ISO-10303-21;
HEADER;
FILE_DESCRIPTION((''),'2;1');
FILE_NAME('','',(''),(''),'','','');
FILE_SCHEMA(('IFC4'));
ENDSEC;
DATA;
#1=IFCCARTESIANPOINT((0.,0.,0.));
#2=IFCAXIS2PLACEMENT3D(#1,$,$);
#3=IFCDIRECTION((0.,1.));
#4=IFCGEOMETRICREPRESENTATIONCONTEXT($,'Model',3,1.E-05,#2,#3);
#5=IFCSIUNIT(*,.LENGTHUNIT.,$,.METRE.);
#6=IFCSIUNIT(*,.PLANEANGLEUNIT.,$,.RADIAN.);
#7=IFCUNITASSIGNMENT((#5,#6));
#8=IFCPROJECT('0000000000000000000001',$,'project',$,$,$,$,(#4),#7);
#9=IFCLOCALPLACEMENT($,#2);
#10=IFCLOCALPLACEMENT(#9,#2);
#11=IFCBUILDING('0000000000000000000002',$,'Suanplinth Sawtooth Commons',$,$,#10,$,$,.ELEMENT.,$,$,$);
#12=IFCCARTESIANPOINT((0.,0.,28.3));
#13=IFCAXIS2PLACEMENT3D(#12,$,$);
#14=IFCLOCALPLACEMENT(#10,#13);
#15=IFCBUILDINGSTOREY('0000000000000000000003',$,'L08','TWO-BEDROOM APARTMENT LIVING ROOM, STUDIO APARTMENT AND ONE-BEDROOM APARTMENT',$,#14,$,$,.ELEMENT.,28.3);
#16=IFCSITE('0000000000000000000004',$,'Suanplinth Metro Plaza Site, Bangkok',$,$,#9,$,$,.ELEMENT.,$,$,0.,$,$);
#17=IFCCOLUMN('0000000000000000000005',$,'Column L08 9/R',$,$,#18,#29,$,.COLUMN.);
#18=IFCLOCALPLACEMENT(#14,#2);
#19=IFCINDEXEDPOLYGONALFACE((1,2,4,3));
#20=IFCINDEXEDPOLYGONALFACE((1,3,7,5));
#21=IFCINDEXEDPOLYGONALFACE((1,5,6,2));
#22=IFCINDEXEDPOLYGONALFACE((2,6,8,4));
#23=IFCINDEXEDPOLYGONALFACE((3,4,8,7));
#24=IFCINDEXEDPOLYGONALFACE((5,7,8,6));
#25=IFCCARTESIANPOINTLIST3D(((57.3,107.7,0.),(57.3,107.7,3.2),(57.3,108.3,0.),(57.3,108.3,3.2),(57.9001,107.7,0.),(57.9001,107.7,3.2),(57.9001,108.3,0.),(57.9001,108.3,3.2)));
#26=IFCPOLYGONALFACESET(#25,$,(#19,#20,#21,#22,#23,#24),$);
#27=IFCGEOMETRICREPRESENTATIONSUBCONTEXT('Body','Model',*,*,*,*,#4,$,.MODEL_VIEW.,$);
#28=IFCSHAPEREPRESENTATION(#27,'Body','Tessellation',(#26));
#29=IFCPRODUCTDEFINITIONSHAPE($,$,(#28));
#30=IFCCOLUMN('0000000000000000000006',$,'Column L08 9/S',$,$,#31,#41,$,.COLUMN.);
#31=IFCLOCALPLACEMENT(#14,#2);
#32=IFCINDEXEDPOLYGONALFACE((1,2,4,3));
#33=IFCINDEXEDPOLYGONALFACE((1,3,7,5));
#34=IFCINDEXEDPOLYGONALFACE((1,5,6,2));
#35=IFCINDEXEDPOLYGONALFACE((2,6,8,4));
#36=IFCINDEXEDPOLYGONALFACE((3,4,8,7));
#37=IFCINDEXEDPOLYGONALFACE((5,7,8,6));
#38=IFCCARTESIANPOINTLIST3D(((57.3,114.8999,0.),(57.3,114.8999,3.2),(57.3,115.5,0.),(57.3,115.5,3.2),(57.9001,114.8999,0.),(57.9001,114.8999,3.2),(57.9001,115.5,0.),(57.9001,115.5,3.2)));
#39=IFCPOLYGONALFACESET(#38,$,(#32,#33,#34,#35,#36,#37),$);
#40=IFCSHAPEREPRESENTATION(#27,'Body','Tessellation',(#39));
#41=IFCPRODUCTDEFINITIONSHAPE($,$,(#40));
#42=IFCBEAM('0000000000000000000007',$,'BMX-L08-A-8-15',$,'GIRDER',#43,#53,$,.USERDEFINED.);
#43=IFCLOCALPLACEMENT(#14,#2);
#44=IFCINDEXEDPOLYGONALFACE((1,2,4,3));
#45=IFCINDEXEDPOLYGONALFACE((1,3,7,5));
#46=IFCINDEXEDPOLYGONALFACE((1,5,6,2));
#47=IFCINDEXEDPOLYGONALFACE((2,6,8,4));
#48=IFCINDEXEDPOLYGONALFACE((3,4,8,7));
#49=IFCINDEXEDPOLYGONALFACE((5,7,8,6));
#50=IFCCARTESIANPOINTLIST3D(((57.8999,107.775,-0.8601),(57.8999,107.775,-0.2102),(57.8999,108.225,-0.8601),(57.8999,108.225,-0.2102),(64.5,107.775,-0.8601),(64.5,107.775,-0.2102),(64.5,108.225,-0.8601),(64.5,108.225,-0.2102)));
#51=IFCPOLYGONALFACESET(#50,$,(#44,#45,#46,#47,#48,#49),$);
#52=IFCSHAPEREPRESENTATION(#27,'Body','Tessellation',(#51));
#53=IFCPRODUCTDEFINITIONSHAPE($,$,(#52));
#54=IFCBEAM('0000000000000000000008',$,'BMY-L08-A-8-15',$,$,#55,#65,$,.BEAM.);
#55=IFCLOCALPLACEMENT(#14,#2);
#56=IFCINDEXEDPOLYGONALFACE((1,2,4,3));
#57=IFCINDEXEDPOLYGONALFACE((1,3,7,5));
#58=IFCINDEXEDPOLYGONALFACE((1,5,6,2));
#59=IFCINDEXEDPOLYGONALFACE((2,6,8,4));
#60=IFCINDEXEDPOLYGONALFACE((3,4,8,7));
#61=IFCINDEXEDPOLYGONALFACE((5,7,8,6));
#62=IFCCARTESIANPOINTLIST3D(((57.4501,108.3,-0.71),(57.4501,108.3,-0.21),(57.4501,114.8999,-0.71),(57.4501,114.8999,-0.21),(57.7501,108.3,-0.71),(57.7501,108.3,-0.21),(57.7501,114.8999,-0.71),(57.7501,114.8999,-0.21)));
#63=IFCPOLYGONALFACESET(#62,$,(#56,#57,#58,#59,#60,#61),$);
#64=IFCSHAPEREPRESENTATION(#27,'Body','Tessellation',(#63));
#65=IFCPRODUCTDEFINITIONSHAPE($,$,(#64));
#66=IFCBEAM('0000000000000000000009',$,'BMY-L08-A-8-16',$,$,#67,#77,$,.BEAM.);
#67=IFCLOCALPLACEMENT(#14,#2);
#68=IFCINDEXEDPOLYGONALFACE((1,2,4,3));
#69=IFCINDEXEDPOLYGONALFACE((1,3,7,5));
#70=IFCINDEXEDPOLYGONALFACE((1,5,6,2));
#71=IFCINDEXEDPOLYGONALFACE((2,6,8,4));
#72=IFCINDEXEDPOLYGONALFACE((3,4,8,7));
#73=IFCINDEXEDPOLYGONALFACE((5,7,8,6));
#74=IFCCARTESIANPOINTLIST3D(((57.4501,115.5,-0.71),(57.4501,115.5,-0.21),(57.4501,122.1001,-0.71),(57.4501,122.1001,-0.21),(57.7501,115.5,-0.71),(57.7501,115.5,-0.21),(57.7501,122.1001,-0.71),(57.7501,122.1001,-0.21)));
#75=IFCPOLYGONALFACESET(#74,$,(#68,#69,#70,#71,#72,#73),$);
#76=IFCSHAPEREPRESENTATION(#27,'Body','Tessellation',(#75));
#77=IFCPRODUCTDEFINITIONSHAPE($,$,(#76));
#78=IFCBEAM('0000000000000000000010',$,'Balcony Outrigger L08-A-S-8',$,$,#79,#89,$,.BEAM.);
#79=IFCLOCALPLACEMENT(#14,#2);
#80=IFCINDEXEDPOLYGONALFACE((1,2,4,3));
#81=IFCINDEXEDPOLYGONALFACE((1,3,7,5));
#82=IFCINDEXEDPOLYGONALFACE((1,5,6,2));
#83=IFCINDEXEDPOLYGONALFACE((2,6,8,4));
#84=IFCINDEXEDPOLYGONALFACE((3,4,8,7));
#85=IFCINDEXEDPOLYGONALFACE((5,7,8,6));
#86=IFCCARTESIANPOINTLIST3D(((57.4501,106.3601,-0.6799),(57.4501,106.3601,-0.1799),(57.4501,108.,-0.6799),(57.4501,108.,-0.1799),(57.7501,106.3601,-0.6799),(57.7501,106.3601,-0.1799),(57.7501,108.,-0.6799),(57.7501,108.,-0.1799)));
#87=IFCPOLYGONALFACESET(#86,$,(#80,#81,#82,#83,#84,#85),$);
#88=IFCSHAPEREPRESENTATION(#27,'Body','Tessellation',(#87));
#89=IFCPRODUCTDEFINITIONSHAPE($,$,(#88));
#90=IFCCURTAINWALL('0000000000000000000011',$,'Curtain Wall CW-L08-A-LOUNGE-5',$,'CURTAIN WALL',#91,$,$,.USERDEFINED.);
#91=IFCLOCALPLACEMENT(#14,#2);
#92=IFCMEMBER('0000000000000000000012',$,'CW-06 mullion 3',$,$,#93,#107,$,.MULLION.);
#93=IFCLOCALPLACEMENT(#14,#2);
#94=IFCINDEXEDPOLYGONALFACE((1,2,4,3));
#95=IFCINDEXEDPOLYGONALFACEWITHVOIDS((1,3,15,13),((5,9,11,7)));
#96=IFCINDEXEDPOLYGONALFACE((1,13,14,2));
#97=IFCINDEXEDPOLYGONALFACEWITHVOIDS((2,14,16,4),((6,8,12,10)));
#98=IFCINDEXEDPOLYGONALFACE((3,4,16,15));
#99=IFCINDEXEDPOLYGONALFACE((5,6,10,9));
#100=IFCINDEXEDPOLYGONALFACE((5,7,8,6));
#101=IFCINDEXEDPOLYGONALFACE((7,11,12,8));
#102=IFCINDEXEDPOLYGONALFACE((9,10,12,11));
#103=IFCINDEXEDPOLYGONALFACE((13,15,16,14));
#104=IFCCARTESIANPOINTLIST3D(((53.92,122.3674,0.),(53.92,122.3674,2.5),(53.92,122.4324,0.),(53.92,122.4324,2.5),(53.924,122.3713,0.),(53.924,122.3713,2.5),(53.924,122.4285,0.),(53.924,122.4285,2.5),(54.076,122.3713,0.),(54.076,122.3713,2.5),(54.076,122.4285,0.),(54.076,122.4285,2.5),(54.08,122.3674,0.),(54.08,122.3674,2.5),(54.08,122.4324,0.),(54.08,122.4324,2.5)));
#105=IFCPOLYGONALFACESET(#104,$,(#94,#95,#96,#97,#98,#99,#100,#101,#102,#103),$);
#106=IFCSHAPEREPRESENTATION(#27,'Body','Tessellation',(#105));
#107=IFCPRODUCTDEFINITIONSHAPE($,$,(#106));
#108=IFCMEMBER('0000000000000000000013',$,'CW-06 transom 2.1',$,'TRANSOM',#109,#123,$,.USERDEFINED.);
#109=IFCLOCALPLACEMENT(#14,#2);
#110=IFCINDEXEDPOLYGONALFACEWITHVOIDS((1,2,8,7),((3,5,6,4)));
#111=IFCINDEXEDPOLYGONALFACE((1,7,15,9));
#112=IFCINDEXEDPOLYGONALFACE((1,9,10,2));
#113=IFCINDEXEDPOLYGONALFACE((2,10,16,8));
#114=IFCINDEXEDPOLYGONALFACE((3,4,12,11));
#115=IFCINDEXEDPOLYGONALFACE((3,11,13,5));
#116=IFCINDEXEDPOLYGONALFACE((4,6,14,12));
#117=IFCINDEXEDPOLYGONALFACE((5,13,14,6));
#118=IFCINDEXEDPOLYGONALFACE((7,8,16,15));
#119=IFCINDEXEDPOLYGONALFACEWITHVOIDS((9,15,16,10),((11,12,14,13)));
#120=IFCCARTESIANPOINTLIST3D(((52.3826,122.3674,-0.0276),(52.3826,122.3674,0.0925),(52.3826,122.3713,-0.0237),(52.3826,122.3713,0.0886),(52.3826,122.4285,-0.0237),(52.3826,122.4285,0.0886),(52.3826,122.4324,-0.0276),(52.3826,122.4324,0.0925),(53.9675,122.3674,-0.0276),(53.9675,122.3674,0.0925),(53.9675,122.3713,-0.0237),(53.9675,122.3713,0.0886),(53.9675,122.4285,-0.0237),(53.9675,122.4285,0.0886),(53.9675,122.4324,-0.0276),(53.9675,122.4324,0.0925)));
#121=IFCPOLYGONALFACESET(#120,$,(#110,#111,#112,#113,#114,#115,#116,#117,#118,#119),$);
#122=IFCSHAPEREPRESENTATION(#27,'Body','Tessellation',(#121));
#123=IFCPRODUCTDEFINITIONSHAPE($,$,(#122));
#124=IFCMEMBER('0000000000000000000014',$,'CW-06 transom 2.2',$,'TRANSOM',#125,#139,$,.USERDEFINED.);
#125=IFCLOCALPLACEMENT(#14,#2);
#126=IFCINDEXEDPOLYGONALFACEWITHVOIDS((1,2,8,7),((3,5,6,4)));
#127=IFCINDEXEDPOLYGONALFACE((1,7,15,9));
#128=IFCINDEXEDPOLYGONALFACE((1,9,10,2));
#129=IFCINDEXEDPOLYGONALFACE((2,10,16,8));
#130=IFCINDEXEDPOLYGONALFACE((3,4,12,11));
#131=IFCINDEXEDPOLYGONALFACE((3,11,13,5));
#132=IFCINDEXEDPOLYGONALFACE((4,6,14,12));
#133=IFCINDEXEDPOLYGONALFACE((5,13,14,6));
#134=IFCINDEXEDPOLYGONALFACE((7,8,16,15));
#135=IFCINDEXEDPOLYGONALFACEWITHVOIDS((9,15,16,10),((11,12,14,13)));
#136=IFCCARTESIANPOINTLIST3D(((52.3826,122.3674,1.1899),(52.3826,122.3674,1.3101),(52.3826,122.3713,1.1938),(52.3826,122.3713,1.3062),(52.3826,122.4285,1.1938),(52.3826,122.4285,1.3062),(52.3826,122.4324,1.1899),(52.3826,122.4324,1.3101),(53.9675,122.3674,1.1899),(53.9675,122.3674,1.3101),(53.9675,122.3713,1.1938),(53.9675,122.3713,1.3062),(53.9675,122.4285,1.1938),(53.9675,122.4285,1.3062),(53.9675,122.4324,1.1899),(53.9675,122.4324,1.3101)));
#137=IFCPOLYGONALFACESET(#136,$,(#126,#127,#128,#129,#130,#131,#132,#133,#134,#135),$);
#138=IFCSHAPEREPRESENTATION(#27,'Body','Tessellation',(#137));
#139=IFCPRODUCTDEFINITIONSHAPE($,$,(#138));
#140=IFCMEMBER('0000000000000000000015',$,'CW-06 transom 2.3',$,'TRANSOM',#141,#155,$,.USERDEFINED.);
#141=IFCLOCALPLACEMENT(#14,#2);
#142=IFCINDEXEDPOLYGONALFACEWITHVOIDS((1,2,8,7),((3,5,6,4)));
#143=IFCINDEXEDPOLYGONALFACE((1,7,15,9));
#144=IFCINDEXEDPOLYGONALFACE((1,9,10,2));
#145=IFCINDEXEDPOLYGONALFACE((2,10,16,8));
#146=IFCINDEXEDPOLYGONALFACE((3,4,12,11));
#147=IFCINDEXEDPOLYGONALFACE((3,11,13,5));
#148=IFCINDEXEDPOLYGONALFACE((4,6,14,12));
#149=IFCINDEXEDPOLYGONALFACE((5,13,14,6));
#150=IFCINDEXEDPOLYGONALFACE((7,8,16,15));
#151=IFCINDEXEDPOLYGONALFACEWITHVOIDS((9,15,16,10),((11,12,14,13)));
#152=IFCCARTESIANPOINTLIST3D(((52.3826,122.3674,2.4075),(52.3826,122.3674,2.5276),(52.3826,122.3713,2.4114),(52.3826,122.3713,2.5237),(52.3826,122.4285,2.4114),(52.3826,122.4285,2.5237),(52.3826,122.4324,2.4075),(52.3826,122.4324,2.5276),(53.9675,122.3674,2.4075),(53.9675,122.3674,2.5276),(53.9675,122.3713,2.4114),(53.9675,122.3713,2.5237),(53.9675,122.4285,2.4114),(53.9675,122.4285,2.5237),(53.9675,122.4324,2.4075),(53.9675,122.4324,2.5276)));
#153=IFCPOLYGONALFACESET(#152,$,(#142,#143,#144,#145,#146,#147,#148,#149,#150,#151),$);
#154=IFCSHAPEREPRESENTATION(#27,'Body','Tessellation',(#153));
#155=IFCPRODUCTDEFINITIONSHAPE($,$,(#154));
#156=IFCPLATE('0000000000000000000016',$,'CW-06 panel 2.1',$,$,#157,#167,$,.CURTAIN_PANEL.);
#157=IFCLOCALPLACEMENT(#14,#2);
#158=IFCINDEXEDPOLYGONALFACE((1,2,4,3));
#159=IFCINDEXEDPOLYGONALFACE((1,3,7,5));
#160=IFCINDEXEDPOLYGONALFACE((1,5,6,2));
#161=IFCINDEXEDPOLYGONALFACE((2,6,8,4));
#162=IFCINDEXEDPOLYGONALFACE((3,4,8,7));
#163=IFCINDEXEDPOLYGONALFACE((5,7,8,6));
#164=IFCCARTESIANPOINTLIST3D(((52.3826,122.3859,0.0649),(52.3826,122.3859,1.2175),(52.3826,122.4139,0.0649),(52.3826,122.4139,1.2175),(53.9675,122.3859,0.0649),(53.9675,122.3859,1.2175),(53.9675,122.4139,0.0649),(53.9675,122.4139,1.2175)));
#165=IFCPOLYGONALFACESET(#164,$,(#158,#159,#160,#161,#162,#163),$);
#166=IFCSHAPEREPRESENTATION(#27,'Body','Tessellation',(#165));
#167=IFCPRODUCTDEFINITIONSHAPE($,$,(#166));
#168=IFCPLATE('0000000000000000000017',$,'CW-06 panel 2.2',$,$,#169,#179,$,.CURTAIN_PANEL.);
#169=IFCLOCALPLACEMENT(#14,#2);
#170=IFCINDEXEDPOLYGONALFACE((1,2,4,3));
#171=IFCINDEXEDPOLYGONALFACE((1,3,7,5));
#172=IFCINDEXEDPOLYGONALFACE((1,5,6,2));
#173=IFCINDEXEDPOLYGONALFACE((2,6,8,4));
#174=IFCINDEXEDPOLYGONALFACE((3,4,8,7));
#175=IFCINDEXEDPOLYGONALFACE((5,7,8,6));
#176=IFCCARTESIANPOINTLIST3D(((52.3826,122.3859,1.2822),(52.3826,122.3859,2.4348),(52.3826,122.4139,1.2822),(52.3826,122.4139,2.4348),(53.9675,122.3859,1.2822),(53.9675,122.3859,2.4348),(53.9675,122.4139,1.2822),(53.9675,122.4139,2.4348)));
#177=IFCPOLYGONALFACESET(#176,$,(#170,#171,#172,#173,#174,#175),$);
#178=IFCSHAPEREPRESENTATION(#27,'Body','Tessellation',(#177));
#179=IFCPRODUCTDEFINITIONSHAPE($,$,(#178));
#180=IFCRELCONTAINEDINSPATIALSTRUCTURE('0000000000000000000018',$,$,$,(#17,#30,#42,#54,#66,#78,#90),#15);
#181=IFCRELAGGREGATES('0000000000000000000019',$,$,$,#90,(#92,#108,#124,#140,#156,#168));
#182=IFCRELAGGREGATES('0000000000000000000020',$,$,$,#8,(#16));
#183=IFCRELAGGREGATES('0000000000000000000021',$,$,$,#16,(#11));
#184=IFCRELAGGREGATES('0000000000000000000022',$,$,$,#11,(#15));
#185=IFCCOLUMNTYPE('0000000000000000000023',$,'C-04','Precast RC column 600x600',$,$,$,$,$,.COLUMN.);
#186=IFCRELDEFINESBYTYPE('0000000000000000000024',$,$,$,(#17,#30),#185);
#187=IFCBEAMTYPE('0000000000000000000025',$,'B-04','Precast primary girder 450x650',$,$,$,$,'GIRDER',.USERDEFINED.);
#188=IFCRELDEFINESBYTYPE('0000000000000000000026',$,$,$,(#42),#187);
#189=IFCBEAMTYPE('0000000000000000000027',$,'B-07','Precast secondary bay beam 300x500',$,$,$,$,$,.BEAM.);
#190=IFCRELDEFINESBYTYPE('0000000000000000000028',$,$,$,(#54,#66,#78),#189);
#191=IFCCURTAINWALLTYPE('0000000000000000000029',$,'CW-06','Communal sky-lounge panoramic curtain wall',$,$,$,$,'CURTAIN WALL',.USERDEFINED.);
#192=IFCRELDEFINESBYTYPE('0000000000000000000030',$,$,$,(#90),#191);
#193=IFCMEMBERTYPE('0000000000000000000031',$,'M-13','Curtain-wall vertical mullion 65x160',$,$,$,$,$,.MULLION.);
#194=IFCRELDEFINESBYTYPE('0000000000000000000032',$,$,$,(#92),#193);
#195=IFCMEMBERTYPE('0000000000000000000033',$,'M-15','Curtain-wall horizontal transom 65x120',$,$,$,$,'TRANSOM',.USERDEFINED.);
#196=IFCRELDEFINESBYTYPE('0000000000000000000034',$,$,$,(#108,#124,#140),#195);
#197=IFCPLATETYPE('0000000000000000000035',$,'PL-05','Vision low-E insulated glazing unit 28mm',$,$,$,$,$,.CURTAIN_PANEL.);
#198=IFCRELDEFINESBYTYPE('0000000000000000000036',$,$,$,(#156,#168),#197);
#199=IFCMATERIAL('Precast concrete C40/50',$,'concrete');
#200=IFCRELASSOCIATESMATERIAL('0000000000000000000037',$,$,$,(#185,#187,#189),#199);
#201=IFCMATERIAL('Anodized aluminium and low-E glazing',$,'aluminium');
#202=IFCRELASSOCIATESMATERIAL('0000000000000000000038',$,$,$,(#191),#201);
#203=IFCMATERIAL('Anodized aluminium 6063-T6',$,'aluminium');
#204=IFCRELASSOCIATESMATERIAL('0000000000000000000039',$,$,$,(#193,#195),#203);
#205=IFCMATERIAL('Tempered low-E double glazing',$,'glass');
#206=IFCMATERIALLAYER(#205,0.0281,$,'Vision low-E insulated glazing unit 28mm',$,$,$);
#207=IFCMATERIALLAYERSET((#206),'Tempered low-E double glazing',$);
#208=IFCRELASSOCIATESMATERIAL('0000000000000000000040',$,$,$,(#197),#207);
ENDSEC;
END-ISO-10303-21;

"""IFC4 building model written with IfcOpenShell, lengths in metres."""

from ifc_helpers import new_model, si_unit, direction, frame, origin, origin_2d, place, context, subcontext, project, spatial, rectangle, hollow_rectangle, extrude, material, layer, layer_set, material_profile, profile_set, type_object, element, aggregate, save


model = new_model("IFC4")

# Units and contexts
model_context = context("Model", 3, precision=1e-05, world=origin(), true_north=direction((0.0, 1.0)))
body_context = subcontext(model_context, "Body", "Model", "MODEL_VIEW")
ifc_project = project(units=[si_unit("LENGTHUNIT", "METRE"), si_unit("PLANEANGLEUNIT", "RADIAN")], contexts=[model_context])

# Site, building, storey
site_placement = place(None, origin())
site = spatial("IfcSite", under=ifc_project, at=site_placement, Name="Suanplinth Metro Plaza Site, Bangkok", CompositionType="ELEMENT", RefElevation=0.0)
building_placement = place(site_placement, origin())
building = spatial("IfcBuilding", under=site, at=building_placement, Name="Suanplinth Sawtooth Commons", CompositionType="ELEMENT")
storey_placement = place(building_placement, frame((0.0, 0.0, 28.3)))
storey = spatial("IfcBuildingStorey", under=building, at=storey_placement, Name="L08", Description="TWO-BEDROOM APARTMENT LIVING ROOM, STUDIO APARTMENT AND ONE-BEDROOM APARTMENT", CompositionType="ELEMENT", Elevation=28.3)

# Columns
ifc_material_1 = material(Name="Precast concrete C40/50", Category="concrete")
ifc_material_profile_1 = material_profile(ifc_material_1, rectangle(XDim=0.6001, YDim=0.6001, at=origin_2d()), Name="PC-COL 600x600")
ifc_profile_set_1 = profile_set([ifc_material_profile_1], Name="Precast concrete C40/50")
column_type = type_object("IfcColumnType", Name="C-04", Description="Precast RC column 600x600", PredefinedType="COLUMN", material=ifc_profile_set_1)
for number, where, z_axis, x_axis, name in (
    (1, (57.6001, 108.0, 0.0), (0.0, 0.0, 1.0), (1.0, 0.0, 0.0), "Column L08 9/R"),
    (2, (57.6001, 115.2, 0.0), (0.0, 0.0, 1.0), (1.0, 0.0, 0.0), "Column L08 9/S"),
):
    element("IfcColumn", number, at=place(storey_placement, frame(where, z_axis=z_axis, x_axis=x_axis)), inside=storey, type_object=column_type, Name=name, PredefinedType="COLUMN", context=body_context, shape_type="SweptSolid", body=[
        extrude(rectangle(XDim=0.6001, YDim=0.6001, at=origin_2d()), origin(), (0.0, 0.0, 1.0), 3.2),
    ])

# Beams
ifc_material_profile_2 = material_profile(ifc_material_1, rectangle(XDim=0.45, YDim=0.6499, at=origin_2d()), Name="PC-GDR 450x650")
ifc_profile_set_2 = profile_set([ifc_material_profile_2], Name="Precast concrete C40/50")
beam_type_1 = type_object("IfcBeamType", Name="B-04", Description="Precast primary girder 450x650", ElementType="GIRDER", PredefinedType="USERDEFINED", material=ifc_profile_set_2)
beam_1_placement = place(storey_placement, frame((57.8999, 108.0, -0.5352), z_axis=(1.0, 0.0, 0.0), x_axis=(0.0, 1.0, 0.0)))
element("IfcBeam", 3, at=beam_1_placement, inside=storey, type_object=beam_type_1, Name="BMX-L08-A-8-15", ObjectType="GIRDER", PredefinedType="USERDEFINED", context=body_context, shape_type="SweptSolid", body=[
    extrude(rectangle(XDim=0.45, YDim=0.6499, at=origin_2d()), origin(), (0.0, 0.0, 1.0), 6.6001),
])
ifc_material_profile_3 = material_profile(ifc_material_1, rectangle(XDim=0.3, YDim=0.5, at=origin_2d()), Name="PC-BM 300x500")
ifc_profile_set_3 = profile_set([ifc_material_profile_3], Name="Precast concrete C40/50")
beam_type_2 = type_object("IfcBeamType", Name="B-07", Description="Precast secondary bay beam 300x500", PredefinedType="BEAM", material=ifc_profile_set_3)
beam_2_placement = place(storey_placement, frame((57.6001, 108.3, -0.46), z_axis=(0.0, 1.0, 0.0), x_axis=(-1.0, 0.0, 0.0)))
element("IfcBeam", 4, at=beam_2_placement, inside=storey, type_object=beam_type_2, Name="BMY-L08-A-8-15", PredefinedType="BEAM", context=body_context, shape_type="SweptSolid", body=[
    extrude(rectangle(XDim=0.3, YDim=0.5, at=origin_2d()), origin(), (0.0, 0.0, 1.0), 6.5999),
])
beam_3_placement = place(storey_placement, frame((57.6001, 115.5, -0.46), z_axis=(0.0, 1.0, 0.0), x_axis=(-1.0, 0.0, 0.0)))
element("IfcBeam", 5, at=beam_3_placement, inside=storey, type_object=beam_type_2, Name="BMY-L08-A-8-16", PredefinedType="BEAM", context=body_context, shape_type="SweptSolid", body=[
    extrude(rectangle(XDim=0.3, YDim=0.5, at=origin_2d()), origin(), (0.0, 0.0, 1.0), 6.6001),
])
beam_4_placement = place(storey_placement, frame((57.6001, 108.0, -0.4299), z_axis=(0.0, -1.0, 0.0), x_axis=(1.0, 0.0, 0.0)))
element("IfcBeam", 6, at=beam_4_placement, inside=storey, type_object=beam_type_2, Name="Balcony Outrigger L08-A-S-8", PredefinedType="BEAM", context=body_context, shape_type="SweptSolid", body=[
    extrude(rectangle(XDim=0.3, YDim=0.5, at=origin_2d()), origin(), (0.0, 0.0, 1.0), 1.6399),
])

# Curtain wall, members, plates
ifc_material_2 = material(Name="Anodized aluminium and low-E glazing", Category="aluminium")
curtain_wall_type = type_object("IfcCurtainWallType", Name="CW-06", Description="Communal sky-lounge panoramic curtain wall", ElementType="CURTAIN WALL", PredefinedType="USERDEFINED", material=ifc_material_2)
curtain_wall_placement = place(storey_placement, origin())
curtain_wall = element("IfcCurtainWall", 7, at=curtain_wall_placement, inside=storey, type_object=curtain_wall_type, Name="Curtain Wall CW-L08-A-LOUNGE-5", ObjectType="CURTAIN WALL", PredefinedType="USERDEFINED")
ifc_material_3 = material(Name="Anodized aluminium 6063-T6", Category="aluminium")
ifc_material_profile_4 = material_profile(ifc_material_3, hollow_rectangle(XDim=0.0649, YDim=0.1599, WallThickness=0.0039, at=origin_2d()), Name="ALU-MUL 65x160")
ifc_profile_set_4 = profile_set([ifc_material_profile_4], Name="Anodized aluminium 6063-T6")
member_type_1 = type_object("IfcMemberType", Name="M-13", Description="Curtain-wall vertical mullion 65x160", PredefinedType="MULLION", material=ifc_profile_set_4)
member_1_placement = place(storey_placement, frame((54.0, 122.3999, 0.0), z_axis=(0.0, 0.0, 1.0), x_axis=(0.0, 1.0, 0.0)))
member_1 = element("IfcMember", 8, at=member_1_placement, type_object=member_type_1, Name="CW-06 mullion 3", PredefinedType="MULLION", context=body_context, shape_type="SweptSolid", body=[
    extrude(hollow_rectangle(XDim=0.0649, YDim=0.1599, WallThickness=0.0039, at=origin_2d()), origin(), (0.0, 0.0, 1.0), 2.5),
])
ifc_material_profile_5 = material_profile(ifc_material_3, hollow_rectangle(XDim=0.0649, YDim=0.1201, WallThickness=0.0039, at=origin_2d()), Name="ALU-TRN 65x120")
ifc_profile_set_5 = profile_set([ifc_material_profile_5], Name="Anodized aluminium 6063-T6")
member_type_2 = type_object("IfcMemberType", Name="M-15", Description="Curtain-wall horizontal transom 65x120", ElementType="TRANSOM", PredefinedType="USERDEFINED", material=ifc_profile_set_5)
member_2_placement = place(storey_placement, frame((52.3826, 122.3999, 0.0325), z_axis=(1.0, 0.0, 0.0), x_axis=(0.0, 1.0, 0.0)))
member_2 = element("IfcMember", 9, at=member_2_placement, type_object=member_type_2, Name="CW-06 transom 2.1", ObjectType="TRANSOM", PredefinedType="USERDEFINED", context=body_context, shape_type="SweptSolid", body=[
    extrude(hollow_rectangle(XDim=0.0649, YDim=0.1201, WallThickness=0.0039, at=origin_2d()), origin(), (0.0, 0.0, 1.0), 1.585),
])
member_3_placement = place(storey_placement, frame((52.3826, 122.3999, 1.25), z_axis=(1.0, 0.0, 0.0), x_axis=(0.0, 1.0, 0.0)))
member_3 = element("IfcMember", 10, at=member_3_placement, type_object=member_type_2, Name="CW-06 transom 2.2", ObjectType="TRANSOM", PredefinedType="USERDEFINED", context=body_context, shape_type="SweptSolid", body=[
    extrude(hollow_rectangle(XDim=0.0649, YDim=0.1201, WallThickness=0.0039, at=origin_2d()), origin(), (0.0, 0.0, 1.0), 1.585),
])
member_4_placement = place(storey_placement, frame((52.3826, 122.3999, 2.4675), z_axis=(1.0, 0.0, 0.0), x_axis=(0.0, 1.0, 0.0)))
member_4 = element("IfcMember", 11, at=member_4_placement, type_object=member_type_2, Name="CW-06 transom 2.3", ObjectType="TRANSOM", PredefinedType="USERDEFINED", context=body_context, shape_type="SweptSolid", body=[
    extrude(hollow_rectangle(XDim=0.0649, YDim=0.1201, WallThickness=0.0039, at=origin_2d()), origin(), (0.0, 0.0, 1.0), 1.585),
])
ifc_material_4 = material(Name="Tempered low-E double glazing", Category="glass")
ifc_layer_1 = layer(ifc_material_4, 0.0281, Name="Vision low-E insulated glazing unit 28mm")
ifc_layer_set_1 = layer_set([ifc_layer_1], Name="Tempered low-E double glazing")
plate_type = type_object("IfcPlateType", Name="PL-05", Description="Vision low-E insulated glazing unit 28mm", PredefinedType="CURTAIN_PANEL", material=ifc_layer_set_1)
plate_1_placement = place(storey_placement, frame((53.175, 122.3999, 0.0649), z_axis=(0.0, 0.0, 1.0), x_axis=(1.0, 0.0, 0.0)))
plate_1 = element("IfcPlate", 12, at=plate_1_placement, type_object=plate_type, Name="CW-06 panel 2.1", PredefinedType="CURTAIN_PANEL", context=body_context, shape_type="SweptSolid", body=[
    extrude(rectangle(XDim=1.585, YDim=0.0281, at=origin_2d()), origin(), (0.0, 0.0, 1.0), 1.1526),
])
plate_2_placement = place(storey_placement, frame((53.175, 122.3999, 1.2822), z_axis=(0.0, 0.0, 1.0), x_axis=(1.0, 0.0, 0.0)))
plate_2 = element("IfcPlate", 13, at=plate_2_placement, type_object=plate_type, Name="CW-06 panel 2.2", PredefinedType="CURTAIN_PANEL", context=body_context, shape_type="SweptSolid", body=[
    extrude(rectangle(XDim=1.585, YDim=0.0281, at=origin_2d()), origin(), (0.0, 0.0, 1.0), 1.1526),
])
aggregate(curtain_wall, [member_1, member_2, member_3, member_4, plate_1, plate_2])

save(model, "model.ifc")
